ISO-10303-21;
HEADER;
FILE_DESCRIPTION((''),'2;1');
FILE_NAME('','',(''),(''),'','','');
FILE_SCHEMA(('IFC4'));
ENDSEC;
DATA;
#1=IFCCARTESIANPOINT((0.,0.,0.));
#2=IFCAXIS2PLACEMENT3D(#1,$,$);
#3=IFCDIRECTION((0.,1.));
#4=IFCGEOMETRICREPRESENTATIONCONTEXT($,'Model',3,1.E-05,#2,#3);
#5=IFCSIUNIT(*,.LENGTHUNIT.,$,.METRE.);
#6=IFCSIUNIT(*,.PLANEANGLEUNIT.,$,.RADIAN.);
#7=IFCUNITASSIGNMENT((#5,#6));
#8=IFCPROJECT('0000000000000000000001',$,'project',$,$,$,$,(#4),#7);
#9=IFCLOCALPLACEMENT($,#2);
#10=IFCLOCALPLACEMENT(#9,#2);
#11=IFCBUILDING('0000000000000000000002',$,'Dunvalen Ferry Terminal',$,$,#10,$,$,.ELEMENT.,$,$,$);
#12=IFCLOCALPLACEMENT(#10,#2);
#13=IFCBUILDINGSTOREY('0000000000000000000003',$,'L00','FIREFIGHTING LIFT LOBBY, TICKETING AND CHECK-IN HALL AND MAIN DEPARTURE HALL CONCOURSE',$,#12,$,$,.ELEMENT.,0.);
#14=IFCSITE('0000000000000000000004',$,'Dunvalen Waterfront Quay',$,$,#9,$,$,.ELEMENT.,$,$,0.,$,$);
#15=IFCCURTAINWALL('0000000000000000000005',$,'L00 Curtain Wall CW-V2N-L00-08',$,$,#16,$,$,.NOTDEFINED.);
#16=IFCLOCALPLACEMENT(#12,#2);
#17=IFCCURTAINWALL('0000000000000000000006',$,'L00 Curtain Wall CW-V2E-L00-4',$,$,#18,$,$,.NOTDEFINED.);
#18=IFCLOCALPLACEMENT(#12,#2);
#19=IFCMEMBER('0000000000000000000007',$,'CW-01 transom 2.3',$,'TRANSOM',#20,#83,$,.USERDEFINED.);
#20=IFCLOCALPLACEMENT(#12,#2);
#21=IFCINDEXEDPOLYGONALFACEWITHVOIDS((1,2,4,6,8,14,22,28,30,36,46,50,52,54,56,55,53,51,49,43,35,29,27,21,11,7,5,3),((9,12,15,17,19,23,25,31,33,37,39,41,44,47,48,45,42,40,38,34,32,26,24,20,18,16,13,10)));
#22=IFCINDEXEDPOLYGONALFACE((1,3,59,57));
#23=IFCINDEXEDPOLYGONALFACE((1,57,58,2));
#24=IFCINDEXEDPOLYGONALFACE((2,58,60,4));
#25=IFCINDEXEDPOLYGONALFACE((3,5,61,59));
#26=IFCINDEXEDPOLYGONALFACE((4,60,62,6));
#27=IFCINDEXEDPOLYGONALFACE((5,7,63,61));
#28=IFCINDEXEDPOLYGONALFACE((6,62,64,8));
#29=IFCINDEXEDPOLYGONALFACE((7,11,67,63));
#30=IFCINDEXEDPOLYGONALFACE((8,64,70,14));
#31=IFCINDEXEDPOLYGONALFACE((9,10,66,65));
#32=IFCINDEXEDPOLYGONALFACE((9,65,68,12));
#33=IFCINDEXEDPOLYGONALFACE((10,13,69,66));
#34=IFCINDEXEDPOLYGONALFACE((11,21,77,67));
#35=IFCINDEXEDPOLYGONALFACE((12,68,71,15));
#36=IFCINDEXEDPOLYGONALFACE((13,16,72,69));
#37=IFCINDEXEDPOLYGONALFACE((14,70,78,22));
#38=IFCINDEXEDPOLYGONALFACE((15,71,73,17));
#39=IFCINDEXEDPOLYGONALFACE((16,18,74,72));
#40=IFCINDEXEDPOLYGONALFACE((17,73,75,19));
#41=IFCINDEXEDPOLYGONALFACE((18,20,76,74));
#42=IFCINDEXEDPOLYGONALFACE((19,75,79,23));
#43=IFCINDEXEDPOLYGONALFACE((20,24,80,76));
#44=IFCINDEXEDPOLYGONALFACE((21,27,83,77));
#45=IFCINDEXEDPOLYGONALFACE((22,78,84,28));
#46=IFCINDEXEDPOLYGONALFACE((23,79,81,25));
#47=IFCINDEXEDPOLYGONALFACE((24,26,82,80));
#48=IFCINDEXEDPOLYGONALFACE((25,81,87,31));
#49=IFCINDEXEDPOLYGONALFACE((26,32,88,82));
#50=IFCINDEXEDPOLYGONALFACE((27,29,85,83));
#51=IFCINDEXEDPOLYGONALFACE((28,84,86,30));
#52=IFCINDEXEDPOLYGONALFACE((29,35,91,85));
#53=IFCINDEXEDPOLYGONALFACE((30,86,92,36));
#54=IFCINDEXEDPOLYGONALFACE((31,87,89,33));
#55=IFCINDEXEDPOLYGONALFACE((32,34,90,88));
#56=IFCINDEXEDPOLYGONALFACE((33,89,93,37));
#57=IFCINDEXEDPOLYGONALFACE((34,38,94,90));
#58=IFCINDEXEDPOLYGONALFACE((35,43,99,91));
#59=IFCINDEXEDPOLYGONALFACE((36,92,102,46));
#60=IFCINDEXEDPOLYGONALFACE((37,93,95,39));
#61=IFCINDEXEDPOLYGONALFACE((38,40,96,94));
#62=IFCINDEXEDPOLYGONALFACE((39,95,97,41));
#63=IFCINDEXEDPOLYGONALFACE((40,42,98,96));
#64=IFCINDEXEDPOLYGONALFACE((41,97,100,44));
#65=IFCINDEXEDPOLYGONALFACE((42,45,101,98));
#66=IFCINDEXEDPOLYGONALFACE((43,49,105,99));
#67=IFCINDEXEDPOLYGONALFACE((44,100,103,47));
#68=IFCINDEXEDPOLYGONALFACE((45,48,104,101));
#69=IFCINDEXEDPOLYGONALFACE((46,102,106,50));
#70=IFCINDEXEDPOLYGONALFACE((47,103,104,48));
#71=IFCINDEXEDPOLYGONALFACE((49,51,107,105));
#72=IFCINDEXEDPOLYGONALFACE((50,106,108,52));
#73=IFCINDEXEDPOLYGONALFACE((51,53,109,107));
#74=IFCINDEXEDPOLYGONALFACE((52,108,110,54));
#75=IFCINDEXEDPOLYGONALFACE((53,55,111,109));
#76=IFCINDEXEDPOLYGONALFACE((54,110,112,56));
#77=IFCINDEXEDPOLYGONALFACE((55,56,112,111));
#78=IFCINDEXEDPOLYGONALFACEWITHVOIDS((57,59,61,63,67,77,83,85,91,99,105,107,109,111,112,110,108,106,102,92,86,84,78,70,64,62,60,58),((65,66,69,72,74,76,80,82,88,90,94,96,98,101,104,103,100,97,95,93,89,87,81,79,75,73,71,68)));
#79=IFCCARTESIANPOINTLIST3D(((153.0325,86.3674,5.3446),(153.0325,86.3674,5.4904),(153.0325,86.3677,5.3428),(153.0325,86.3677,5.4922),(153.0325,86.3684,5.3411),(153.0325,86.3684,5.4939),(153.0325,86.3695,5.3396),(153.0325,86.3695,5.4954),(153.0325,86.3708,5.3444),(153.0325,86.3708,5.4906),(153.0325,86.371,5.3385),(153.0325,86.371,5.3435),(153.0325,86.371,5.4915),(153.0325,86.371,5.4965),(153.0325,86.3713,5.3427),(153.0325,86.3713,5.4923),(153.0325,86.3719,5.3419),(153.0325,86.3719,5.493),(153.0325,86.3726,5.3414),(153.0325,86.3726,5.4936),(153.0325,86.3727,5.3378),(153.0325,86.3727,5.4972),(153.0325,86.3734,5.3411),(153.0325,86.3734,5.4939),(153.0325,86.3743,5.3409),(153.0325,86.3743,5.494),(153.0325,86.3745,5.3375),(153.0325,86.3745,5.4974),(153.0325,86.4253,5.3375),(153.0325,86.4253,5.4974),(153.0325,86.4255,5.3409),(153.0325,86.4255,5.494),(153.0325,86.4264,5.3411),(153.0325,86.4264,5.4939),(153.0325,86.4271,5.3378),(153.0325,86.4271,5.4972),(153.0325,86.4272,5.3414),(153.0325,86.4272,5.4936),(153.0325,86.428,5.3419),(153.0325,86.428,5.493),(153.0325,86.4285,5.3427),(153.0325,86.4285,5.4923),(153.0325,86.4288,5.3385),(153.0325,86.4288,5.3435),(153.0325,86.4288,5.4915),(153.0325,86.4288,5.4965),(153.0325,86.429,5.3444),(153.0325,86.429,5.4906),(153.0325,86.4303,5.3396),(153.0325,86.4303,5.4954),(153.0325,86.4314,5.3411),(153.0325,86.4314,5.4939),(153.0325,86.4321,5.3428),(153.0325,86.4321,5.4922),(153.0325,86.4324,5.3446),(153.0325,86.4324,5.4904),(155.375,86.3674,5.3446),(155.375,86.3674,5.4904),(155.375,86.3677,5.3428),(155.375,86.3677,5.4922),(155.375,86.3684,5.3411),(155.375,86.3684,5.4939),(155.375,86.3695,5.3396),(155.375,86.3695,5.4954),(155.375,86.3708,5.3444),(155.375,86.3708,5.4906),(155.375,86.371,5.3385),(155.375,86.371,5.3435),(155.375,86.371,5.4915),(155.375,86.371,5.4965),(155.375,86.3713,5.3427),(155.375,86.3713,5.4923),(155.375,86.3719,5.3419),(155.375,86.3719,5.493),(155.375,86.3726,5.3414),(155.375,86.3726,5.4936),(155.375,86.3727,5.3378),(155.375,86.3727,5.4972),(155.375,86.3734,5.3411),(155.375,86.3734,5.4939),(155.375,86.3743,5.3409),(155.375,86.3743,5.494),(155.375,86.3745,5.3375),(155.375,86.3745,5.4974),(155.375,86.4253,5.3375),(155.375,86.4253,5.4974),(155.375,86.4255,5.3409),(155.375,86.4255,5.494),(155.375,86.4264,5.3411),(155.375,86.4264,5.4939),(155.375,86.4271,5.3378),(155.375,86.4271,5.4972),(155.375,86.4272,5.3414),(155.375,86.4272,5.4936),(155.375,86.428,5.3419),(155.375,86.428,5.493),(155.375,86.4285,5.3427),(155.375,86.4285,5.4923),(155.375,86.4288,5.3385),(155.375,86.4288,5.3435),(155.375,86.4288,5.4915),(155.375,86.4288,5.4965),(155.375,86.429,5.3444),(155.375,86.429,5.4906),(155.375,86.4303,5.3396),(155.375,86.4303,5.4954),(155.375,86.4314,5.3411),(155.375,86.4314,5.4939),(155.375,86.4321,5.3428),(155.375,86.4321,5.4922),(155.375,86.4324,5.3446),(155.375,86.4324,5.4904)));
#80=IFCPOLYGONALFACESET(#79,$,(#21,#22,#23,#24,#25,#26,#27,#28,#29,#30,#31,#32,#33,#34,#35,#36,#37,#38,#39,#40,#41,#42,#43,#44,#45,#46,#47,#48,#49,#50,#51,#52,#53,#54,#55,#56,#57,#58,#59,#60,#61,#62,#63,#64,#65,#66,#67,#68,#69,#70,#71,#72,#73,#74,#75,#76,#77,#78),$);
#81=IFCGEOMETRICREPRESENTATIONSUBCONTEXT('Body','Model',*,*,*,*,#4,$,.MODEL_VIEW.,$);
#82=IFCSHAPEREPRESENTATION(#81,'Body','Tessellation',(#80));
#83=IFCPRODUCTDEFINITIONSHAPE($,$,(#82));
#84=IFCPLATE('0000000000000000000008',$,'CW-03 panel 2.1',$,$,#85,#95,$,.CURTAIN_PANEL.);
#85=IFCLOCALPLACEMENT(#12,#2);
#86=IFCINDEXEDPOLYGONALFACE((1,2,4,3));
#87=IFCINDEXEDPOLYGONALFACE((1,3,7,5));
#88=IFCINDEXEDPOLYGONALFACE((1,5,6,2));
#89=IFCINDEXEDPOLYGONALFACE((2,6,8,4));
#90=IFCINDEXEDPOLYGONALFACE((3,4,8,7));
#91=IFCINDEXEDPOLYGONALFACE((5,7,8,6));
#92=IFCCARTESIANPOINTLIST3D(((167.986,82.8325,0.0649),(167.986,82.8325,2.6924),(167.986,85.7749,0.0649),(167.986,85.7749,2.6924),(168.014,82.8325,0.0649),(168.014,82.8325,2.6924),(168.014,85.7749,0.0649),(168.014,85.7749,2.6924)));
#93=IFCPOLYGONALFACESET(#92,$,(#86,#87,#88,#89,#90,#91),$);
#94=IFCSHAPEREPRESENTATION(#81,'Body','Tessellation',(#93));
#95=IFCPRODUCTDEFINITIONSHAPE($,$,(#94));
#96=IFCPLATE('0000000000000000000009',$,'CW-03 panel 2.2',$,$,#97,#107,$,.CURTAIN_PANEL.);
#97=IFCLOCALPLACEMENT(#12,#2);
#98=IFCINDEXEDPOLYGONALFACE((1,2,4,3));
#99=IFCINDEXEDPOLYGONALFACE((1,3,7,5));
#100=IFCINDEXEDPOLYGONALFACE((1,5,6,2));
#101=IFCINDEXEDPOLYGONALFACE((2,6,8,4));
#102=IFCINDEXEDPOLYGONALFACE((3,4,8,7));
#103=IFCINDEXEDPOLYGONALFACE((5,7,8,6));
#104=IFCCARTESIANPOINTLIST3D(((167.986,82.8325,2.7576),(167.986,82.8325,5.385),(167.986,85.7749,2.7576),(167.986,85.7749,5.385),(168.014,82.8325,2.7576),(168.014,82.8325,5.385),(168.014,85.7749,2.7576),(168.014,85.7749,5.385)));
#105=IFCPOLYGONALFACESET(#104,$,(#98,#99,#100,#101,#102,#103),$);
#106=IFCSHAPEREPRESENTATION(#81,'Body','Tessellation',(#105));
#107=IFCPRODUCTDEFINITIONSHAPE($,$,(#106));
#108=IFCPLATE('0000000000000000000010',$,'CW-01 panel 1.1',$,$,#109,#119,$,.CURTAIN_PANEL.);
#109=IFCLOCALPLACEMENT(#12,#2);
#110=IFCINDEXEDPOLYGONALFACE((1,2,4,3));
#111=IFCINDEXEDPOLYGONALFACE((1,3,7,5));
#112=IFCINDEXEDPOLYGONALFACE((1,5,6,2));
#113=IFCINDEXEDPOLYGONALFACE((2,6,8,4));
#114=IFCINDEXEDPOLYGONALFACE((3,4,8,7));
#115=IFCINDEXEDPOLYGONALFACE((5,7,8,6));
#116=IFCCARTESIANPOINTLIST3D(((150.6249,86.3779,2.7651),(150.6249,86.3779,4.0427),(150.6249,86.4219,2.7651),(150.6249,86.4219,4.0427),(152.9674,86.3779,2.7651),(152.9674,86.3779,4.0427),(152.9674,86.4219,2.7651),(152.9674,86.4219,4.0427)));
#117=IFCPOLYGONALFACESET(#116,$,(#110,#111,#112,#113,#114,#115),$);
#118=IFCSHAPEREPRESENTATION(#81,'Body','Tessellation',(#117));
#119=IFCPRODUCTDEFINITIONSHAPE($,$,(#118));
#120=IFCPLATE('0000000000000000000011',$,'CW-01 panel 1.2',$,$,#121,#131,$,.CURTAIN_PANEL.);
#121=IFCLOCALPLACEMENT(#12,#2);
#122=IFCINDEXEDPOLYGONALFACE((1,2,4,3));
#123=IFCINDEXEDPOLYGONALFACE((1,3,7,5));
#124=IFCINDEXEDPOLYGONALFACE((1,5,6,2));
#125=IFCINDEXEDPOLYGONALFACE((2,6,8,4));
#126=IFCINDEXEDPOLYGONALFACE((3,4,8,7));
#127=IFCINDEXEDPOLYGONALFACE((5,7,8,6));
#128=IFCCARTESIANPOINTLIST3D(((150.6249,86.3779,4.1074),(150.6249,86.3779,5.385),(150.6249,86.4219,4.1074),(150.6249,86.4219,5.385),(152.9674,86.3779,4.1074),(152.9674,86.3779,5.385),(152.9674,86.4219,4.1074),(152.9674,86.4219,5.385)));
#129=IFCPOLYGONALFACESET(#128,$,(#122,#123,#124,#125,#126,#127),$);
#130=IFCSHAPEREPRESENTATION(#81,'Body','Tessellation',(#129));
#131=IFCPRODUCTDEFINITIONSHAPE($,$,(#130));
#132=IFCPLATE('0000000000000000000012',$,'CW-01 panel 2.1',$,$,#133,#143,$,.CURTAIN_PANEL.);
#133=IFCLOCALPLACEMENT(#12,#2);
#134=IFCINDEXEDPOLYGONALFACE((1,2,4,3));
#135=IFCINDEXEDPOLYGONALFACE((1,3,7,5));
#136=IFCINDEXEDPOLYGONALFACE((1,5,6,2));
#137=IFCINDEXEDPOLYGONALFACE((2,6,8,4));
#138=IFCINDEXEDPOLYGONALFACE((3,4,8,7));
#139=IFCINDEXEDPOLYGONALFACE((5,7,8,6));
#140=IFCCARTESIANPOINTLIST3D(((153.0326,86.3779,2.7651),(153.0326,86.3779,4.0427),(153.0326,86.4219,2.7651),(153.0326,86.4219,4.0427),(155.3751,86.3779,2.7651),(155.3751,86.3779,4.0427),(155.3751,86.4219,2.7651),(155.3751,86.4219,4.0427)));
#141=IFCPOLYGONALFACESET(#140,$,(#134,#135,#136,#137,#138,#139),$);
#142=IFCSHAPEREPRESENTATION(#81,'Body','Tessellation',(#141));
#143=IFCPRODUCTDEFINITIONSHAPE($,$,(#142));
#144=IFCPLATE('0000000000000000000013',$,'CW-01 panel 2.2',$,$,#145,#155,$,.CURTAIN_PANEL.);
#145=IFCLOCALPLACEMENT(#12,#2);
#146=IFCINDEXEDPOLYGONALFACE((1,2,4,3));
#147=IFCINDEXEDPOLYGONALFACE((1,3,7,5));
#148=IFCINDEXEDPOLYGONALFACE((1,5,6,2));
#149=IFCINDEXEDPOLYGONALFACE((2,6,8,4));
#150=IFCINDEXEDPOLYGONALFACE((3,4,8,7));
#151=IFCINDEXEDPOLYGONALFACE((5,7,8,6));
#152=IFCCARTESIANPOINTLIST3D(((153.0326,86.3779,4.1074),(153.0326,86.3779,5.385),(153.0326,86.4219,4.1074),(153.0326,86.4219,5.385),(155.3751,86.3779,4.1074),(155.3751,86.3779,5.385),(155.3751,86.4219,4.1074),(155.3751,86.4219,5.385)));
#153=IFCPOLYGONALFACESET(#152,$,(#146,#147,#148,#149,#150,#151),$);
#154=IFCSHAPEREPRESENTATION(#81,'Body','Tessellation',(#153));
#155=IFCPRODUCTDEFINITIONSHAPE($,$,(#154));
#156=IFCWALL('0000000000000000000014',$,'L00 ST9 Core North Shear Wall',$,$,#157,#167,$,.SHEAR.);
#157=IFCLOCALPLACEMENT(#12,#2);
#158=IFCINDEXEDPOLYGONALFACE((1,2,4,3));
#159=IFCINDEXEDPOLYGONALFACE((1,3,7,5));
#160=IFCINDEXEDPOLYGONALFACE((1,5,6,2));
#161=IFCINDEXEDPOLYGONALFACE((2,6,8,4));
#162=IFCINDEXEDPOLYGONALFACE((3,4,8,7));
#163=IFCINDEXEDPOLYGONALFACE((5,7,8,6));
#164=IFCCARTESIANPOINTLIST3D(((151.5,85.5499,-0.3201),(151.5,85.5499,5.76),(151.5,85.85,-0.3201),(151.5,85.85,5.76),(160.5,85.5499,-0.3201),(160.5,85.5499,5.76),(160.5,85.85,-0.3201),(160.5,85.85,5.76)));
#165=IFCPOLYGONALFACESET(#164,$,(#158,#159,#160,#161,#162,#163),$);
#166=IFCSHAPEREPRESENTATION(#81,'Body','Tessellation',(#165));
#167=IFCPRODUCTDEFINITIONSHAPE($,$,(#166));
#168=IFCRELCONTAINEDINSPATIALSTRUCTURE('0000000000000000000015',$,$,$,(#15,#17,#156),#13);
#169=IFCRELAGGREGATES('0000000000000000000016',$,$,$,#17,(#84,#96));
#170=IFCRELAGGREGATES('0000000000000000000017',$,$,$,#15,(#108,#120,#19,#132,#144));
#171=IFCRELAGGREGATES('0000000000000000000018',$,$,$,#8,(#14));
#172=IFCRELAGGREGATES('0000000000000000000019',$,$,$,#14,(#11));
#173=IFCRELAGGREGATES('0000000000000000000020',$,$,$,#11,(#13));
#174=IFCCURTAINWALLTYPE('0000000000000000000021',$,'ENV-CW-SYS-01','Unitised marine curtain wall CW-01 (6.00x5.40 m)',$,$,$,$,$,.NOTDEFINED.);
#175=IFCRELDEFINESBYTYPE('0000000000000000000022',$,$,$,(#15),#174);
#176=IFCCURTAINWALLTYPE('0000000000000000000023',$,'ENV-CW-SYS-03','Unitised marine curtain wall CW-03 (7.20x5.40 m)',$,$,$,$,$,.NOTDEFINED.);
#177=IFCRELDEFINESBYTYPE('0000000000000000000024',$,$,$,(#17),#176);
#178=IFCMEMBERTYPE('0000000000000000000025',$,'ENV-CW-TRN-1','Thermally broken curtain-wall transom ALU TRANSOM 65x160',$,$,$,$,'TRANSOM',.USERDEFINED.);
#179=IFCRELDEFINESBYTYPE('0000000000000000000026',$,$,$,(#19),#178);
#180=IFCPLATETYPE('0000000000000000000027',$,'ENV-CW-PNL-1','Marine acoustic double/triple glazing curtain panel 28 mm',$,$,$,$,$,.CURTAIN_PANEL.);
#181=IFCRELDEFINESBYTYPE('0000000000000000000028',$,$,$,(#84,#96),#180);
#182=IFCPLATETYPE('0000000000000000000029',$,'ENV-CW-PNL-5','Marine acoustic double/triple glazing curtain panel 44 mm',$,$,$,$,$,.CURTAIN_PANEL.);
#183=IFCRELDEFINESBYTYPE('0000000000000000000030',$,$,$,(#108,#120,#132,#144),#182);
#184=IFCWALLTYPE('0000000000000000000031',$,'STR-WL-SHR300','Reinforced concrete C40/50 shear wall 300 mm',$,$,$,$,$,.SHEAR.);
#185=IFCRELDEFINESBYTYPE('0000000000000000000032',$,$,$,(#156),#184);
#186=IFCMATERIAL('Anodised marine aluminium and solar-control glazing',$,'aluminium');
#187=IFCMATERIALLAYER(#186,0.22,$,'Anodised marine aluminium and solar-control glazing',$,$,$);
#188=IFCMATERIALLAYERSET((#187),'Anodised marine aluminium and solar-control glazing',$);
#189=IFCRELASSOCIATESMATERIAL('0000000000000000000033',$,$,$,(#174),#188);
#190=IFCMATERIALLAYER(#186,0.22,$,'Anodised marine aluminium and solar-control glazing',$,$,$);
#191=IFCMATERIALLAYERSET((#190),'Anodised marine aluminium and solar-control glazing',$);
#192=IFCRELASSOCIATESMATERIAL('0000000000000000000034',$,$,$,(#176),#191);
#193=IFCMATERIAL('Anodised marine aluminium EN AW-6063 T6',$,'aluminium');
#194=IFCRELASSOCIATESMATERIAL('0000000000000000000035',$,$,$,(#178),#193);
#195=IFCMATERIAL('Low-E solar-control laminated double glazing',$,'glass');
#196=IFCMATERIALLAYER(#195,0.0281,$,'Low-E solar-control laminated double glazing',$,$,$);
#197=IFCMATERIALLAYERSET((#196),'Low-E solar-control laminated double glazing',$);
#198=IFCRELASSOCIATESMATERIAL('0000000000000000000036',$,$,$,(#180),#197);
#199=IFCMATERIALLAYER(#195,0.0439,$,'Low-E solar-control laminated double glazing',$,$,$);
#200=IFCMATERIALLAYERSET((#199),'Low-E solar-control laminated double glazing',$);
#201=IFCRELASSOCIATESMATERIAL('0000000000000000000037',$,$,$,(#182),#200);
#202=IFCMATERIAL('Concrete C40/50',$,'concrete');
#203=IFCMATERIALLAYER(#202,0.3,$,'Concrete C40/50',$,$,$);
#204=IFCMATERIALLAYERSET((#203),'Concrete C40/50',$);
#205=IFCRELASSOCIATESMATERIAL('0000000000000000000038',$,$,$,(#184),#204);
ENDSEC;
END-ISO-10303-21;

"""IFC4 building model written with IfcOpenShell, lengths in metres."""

from ifc_helpers import new_model, si_unit, direction, frame, frame_2d, origin, origin_2d, place, context, subcontext, project, spatial, rectangle, hollow_rectangle, extrude, material, layer, layer_set, material_profile, profile_set, type_object, element, aggregate, save


model = new_model("IFC4")

# Units and contexts
model_context = context("Model", 3, precision=1e-05, world=origin(), true_north=direction((0.0, 1.0)))
body_context = subcontext(model_context, "Body", "Model", "MODEL_VIEW")
ifc_project = project(units=[si_unit("LENGTHUNIT", "METRE"), si_unit("PLANEANGLEUNIT", "RADIAN")], contexts=[model_context])

# Site, building, storey
site_placement = place(None, origin())
site = spatial("IfcSite", under=ifc_project, at=site_placement, Name="Dunvalen Waterfront Quay", CompositionType="ELEMENT", RefElevation=0.0)
building_placement = place(site_placement, origin())
building = spatial("IfcBuilding", under=site, at=building_placement, Name="Dunvalen Ferry Terminal", CompositionType="ELEMENT")
storey_placement = place(building_placement, origin())
storey = spatial("IfcBuildingStorey", under=building, at=storey_placement, Name="L00", Description="FIREFIGHTING LIFT LOBBY, TICKETING AND CHECK-IN HALL AND MAIN DEPARTURE HALL CONCOURSE", CompositionType="ELEMENT", Elevation=0.0)

# Shared definitions
ifc_material_1 = material(Name="Concrete C40/50", Category="concrete")

# Curtain wall
ifc_material_2 = material(Name="Anodised marine aluminium and solar-control glazing", Category="aluminium")
ifc_layer_1 = layer(ifc_material_2, 0.22, Name="Anodised marine aluminium and solar-control glazing")
ifc_layer_set_1 = layer_set([ifc_layer_1], Name="Anodised marine aluminium and solar-control glazing")
curtain_wall_type_1 = type_object("IfcCurtainWallType", Name="ENV-CW-SYS-01", Description="Unitised marine curtain wall CW-01 (6.00x5.40 m)", PredefinedType="NOTDEFINED", material=ifc_layer_set_1)
curtain_wall_1_placement = place(storey_placement, origin())
curtain_wall_1 = element("IfcCurtainWall", 1, at=curtain_wall_1_placement, inside=storey, type_object=curtain_wall_type_1, Name="L00 Curtain Wall CW-V2N-L00-08", PredefinedType="NOTDEFINED")
ifc_material_3 = material(Name="Anodised marine aluminium EN AW-6063 T6", Category="aluminium")

# Curtain wall
ifc_layer_2 = layer(ifc_material_2, 0.22, Name="Anodised marine aluminium and solar-control glazing")
ifc_layer_set_2 = layer_set([ifc_layer_2], Name="Anodised marine aluminium and solar-control glazing")
curtain_wall_type_2 = type_object("IfcCurtainWallType", Name="ENV-CW-SYS-03", Description="Unitised marine curtain wall CW-03 (7.20x5.40 m)", PredefinedType="NOTDEFINED", material=ifc_layer_set_2)
curtain_wall_2_placement = place(storey_placement, origin())
curtain_wall_2 = element("IfcCurtainWall", 2, at=curtain_wall_2_placement, inside=storey, type_object=curtain_wall_type_2, Name="L00 Curtain Wall CW-V2E-L00-4", PredefinedType="NOTDEFINED")

# Member
ifc_material_profile_1 = material_profile(ifc_material_3, hollow_rectangle(XDim=0.0649, YDim=0.1599, WallThickness=0.0034, InnerFilletRadius=0.0034, OuterFilletRadius=0.0071, at=origin_2d()), Name="Anodised marine aluminium EN AW-6063 T6")
ifc_profile_set_1 = profile_set([ifc_material_profile_1], Name="Anodised marine aluminium EN AW-6063 T6")
member_type_1 = type_object("IfcMemberType", Name="ENV-CW-TRN-1", Description="Thermally broken curtain-wall transom ALU TRANSOM 65x160", ElementType="TRANSOM", PredefinedType="USERDEFINED", material=ifc_profile_set_1)
member_1_placement = place(storey_placement, frame((153.0325, 86.3999, 5.4175), z_axis=(1.0, 0.0, 0.0), x_axis=(0.0, 1.0, 0.0)))
member_1 = element("IfcMember", 3, at=member_1_placement, type_object=member_type_1, Name="CW-01 transom 2.3", ObjectType="TRANSOM", PredefinedType="USERDEFINED", context=body_context, shape_type="SweptSolid", body=[
    extrude(hollow_rectangle(XDim=0.0649, YDim=0.1599, WallThickness=0.0034, InnerFilletRadius=0.0034, OuterFilletRadius=0.0071, at=origin_2d()), origin(), (0.0, 0.0, 1.0), 2.3425),
])

# Plates
ifc_material_4 = material(Name="Low-E solar-control laminated double glazing", Category="glass")
ifc_layer_3 = layer(ifc_material_4, 0.0281, Name="Low-E solar-control laminated double glazing")
ifc_layer_set_3 = layer_set([ifc_layer_3], Name="Low-E solar-control laminated double glazing")
plate_type_1 = type_object("IfcPlateType", Name="ENV-CW-PNL-1", Description="Marine acoustic double/triple glazing curtain panel 28 mm", PredefinedType="CURTAIN_PANEL", material=ifc_layer_set_3)
plate_1_placement = place(storey_placement, frame((168.0, 84.3037, 0.0649), z_axis=(0.0, 0.0, 1.0), x_axis=(0.0, 1.0, 0.0)))
plate_1 = element("IfcPlate", 4, at=plate_1_placement, type_object=plate_type_1, Name="CW-03 panel 2.1", PredefinedType="CURTAIN_PANEL", context=body_context, shape_type="SweptSolid", body=[
    extrude(rectangle(XDim=2.9424, YDim=0.0281, at=origin_2d()), origin(), (0.0, 0.0, 1.0), 2.6274),
])
plate_2_placement = place(storey_placement, frame((168.0, 84.3037, 2.7576), z_axis=(0.0, 0.0, 1.0), x_axis=(0.0, 1.0, 0.0)))
plate_2 = element("IfcPlate", 5, at=plate_2_placement, type_object=plate_type_1, Name="CW-03 panel 2.2", PredefinedType="CURTAIN_PANEL", context=body_context, shape_type="SweptSolid", body=[
    extrude(rectangle(XDim=2.9424, YDim=0.0281, at=origin_2d()), origin(), (0.0, 0.0, 1.0), 2.6274),
])
aggregate(curtain_wall_2, [plate_1, plate_2])
ifc_layer_4 = layer(ifc_material_4, 0.0439, Name="Low-E solar-control laminated double glazing")
ifc_layer_set_4 = layer_set([ifc_layer_4], Name="Low-E solar-control laminated double glazing")
plate_type_2 = type_object("IfcPlateType", Name="ENV-CW-PNL-5", Description="Marine acoustic double/triple glazing curtain panel 44 mm", PredefinedType="CURTAIN_PANEL", material=ifc_layer_set_4)
plate_3_placement = place(storey_placement, frame((151.7961, 86.3999, 2.7651), z_axis=(0.0, 0.0, 1.0), x_axis=(1.0, 0.0, 0.0)))
plate_3 = element("IfcPlate", 6, at=plate_3_placement, type_object=plate_type_2, Name="CW-01 panel 1.1", PredefinedType="CURTAIN_PANEL", context=body_context, shape_type="SweptSolid", body=[
    extrude(rectangle(XDim=2.3425, YDim=0.0439, at=origin_2d()), origin(), (0.0, 0.0, 1.0), 1.2776),
])
plate_4_placement = place(storey_placement, frame((151.7961, 86.3999, 4.1074), z_axis=(0.0, 0.0, 1.0), x_axis=(1.0, 0.0, 0.0)))
plate_4 = element("IfcPlate", 7, at=plate_4_placement, type_object=plate_type_2, Name="CW-01 panel 1.2", PredefinedType="CURTAIN_PANEL", context=body_context, shape_type="SweptSolid", body=[
    extrude(rectangle(XDim=2.3425, YDim=0.0439, at=origin_2d()), origin(), (0.0, 0.0, 1.0), 1.2776),
])
plate_5_placement = place(storey_placement, frame((154.2039, 86.3999, 2.7651), z_axis=(0.0, 0.0, 1.0), x_axis=(1.0, 0.0, 0.0)))
plate_5 = element("IfcPlate", 8, at=plate_5_placement, type_object=plate_type_2, Name="CW-01 panel 2.1", PredefinedType="CURTAIN_PANEL", context=body_context, shape_type="SweptSolid", body=[
    extrude(rectangle(XDim=2.3425, YDim=0.0439, at=origin_2d()), origin(), (0.0, 0.0, 1.0), 1.2776),
])
plate_6_placement = place(storey_placement, frame((154.2039, 86.3999, 4.1074), z_axis=(0.0, 0.0, 1.0), x_axis=(1.0, 0.0, 0.0)))
plate_6 = element("IfcPlate", 9, at=plate_6_placement, type_object=plate_type_2, Name="CW-01 panel 2.2", PredefinedType="CURTAIN_PANEL", context=body_context, shape_type="SweptSolid", body=[
    extrude(rectangle(XDim=2.3425, YDim=0.0439, at=origin_2d()), origin(), (0.0, 0.0, 1.0), 1.2776),
])
aggregate(curtain_wall_1, [plate_3, plate_4, member_1, plate_5, plate_6])

# Wall
ifc_layer_5 = layer(ifc_material_1, 0.3, Name="Concrete C40/50")
ifc_layer_set_5 = layer_set([ifc_layer_5], Name="Concrete C40/50")
wall_type = type_object("IfcWallType", Name="STR-WL-SHR300", Description="Reinforced concrete C40/50 shear wall 300 mm", PredefinedType="SHEAR", material=ifc_layer_set_5)
wall_placement = place(storey_placement, frame((151.5, 85.7, -0.3201), z_axis=(0.0, 0.0, 1.0), x_axis=(1.0, 0.0, 0.0)))
element("IfcWall", 10, at=wall_placement, inside=storey, type_object=wall_type, Name="L00 ST9 Core North Shear Wall", PredefinedType="SHEAR", context=body_context, shape_type="SweptSolid", body=[
    extrude(rectangle(XDim=9.0, YDim=0.3, at=frame_2d((4.5, 0.0))), origin(), (0.0, 0.0, 1.0), 6.0801),
])

save(model, "model.ifc")
